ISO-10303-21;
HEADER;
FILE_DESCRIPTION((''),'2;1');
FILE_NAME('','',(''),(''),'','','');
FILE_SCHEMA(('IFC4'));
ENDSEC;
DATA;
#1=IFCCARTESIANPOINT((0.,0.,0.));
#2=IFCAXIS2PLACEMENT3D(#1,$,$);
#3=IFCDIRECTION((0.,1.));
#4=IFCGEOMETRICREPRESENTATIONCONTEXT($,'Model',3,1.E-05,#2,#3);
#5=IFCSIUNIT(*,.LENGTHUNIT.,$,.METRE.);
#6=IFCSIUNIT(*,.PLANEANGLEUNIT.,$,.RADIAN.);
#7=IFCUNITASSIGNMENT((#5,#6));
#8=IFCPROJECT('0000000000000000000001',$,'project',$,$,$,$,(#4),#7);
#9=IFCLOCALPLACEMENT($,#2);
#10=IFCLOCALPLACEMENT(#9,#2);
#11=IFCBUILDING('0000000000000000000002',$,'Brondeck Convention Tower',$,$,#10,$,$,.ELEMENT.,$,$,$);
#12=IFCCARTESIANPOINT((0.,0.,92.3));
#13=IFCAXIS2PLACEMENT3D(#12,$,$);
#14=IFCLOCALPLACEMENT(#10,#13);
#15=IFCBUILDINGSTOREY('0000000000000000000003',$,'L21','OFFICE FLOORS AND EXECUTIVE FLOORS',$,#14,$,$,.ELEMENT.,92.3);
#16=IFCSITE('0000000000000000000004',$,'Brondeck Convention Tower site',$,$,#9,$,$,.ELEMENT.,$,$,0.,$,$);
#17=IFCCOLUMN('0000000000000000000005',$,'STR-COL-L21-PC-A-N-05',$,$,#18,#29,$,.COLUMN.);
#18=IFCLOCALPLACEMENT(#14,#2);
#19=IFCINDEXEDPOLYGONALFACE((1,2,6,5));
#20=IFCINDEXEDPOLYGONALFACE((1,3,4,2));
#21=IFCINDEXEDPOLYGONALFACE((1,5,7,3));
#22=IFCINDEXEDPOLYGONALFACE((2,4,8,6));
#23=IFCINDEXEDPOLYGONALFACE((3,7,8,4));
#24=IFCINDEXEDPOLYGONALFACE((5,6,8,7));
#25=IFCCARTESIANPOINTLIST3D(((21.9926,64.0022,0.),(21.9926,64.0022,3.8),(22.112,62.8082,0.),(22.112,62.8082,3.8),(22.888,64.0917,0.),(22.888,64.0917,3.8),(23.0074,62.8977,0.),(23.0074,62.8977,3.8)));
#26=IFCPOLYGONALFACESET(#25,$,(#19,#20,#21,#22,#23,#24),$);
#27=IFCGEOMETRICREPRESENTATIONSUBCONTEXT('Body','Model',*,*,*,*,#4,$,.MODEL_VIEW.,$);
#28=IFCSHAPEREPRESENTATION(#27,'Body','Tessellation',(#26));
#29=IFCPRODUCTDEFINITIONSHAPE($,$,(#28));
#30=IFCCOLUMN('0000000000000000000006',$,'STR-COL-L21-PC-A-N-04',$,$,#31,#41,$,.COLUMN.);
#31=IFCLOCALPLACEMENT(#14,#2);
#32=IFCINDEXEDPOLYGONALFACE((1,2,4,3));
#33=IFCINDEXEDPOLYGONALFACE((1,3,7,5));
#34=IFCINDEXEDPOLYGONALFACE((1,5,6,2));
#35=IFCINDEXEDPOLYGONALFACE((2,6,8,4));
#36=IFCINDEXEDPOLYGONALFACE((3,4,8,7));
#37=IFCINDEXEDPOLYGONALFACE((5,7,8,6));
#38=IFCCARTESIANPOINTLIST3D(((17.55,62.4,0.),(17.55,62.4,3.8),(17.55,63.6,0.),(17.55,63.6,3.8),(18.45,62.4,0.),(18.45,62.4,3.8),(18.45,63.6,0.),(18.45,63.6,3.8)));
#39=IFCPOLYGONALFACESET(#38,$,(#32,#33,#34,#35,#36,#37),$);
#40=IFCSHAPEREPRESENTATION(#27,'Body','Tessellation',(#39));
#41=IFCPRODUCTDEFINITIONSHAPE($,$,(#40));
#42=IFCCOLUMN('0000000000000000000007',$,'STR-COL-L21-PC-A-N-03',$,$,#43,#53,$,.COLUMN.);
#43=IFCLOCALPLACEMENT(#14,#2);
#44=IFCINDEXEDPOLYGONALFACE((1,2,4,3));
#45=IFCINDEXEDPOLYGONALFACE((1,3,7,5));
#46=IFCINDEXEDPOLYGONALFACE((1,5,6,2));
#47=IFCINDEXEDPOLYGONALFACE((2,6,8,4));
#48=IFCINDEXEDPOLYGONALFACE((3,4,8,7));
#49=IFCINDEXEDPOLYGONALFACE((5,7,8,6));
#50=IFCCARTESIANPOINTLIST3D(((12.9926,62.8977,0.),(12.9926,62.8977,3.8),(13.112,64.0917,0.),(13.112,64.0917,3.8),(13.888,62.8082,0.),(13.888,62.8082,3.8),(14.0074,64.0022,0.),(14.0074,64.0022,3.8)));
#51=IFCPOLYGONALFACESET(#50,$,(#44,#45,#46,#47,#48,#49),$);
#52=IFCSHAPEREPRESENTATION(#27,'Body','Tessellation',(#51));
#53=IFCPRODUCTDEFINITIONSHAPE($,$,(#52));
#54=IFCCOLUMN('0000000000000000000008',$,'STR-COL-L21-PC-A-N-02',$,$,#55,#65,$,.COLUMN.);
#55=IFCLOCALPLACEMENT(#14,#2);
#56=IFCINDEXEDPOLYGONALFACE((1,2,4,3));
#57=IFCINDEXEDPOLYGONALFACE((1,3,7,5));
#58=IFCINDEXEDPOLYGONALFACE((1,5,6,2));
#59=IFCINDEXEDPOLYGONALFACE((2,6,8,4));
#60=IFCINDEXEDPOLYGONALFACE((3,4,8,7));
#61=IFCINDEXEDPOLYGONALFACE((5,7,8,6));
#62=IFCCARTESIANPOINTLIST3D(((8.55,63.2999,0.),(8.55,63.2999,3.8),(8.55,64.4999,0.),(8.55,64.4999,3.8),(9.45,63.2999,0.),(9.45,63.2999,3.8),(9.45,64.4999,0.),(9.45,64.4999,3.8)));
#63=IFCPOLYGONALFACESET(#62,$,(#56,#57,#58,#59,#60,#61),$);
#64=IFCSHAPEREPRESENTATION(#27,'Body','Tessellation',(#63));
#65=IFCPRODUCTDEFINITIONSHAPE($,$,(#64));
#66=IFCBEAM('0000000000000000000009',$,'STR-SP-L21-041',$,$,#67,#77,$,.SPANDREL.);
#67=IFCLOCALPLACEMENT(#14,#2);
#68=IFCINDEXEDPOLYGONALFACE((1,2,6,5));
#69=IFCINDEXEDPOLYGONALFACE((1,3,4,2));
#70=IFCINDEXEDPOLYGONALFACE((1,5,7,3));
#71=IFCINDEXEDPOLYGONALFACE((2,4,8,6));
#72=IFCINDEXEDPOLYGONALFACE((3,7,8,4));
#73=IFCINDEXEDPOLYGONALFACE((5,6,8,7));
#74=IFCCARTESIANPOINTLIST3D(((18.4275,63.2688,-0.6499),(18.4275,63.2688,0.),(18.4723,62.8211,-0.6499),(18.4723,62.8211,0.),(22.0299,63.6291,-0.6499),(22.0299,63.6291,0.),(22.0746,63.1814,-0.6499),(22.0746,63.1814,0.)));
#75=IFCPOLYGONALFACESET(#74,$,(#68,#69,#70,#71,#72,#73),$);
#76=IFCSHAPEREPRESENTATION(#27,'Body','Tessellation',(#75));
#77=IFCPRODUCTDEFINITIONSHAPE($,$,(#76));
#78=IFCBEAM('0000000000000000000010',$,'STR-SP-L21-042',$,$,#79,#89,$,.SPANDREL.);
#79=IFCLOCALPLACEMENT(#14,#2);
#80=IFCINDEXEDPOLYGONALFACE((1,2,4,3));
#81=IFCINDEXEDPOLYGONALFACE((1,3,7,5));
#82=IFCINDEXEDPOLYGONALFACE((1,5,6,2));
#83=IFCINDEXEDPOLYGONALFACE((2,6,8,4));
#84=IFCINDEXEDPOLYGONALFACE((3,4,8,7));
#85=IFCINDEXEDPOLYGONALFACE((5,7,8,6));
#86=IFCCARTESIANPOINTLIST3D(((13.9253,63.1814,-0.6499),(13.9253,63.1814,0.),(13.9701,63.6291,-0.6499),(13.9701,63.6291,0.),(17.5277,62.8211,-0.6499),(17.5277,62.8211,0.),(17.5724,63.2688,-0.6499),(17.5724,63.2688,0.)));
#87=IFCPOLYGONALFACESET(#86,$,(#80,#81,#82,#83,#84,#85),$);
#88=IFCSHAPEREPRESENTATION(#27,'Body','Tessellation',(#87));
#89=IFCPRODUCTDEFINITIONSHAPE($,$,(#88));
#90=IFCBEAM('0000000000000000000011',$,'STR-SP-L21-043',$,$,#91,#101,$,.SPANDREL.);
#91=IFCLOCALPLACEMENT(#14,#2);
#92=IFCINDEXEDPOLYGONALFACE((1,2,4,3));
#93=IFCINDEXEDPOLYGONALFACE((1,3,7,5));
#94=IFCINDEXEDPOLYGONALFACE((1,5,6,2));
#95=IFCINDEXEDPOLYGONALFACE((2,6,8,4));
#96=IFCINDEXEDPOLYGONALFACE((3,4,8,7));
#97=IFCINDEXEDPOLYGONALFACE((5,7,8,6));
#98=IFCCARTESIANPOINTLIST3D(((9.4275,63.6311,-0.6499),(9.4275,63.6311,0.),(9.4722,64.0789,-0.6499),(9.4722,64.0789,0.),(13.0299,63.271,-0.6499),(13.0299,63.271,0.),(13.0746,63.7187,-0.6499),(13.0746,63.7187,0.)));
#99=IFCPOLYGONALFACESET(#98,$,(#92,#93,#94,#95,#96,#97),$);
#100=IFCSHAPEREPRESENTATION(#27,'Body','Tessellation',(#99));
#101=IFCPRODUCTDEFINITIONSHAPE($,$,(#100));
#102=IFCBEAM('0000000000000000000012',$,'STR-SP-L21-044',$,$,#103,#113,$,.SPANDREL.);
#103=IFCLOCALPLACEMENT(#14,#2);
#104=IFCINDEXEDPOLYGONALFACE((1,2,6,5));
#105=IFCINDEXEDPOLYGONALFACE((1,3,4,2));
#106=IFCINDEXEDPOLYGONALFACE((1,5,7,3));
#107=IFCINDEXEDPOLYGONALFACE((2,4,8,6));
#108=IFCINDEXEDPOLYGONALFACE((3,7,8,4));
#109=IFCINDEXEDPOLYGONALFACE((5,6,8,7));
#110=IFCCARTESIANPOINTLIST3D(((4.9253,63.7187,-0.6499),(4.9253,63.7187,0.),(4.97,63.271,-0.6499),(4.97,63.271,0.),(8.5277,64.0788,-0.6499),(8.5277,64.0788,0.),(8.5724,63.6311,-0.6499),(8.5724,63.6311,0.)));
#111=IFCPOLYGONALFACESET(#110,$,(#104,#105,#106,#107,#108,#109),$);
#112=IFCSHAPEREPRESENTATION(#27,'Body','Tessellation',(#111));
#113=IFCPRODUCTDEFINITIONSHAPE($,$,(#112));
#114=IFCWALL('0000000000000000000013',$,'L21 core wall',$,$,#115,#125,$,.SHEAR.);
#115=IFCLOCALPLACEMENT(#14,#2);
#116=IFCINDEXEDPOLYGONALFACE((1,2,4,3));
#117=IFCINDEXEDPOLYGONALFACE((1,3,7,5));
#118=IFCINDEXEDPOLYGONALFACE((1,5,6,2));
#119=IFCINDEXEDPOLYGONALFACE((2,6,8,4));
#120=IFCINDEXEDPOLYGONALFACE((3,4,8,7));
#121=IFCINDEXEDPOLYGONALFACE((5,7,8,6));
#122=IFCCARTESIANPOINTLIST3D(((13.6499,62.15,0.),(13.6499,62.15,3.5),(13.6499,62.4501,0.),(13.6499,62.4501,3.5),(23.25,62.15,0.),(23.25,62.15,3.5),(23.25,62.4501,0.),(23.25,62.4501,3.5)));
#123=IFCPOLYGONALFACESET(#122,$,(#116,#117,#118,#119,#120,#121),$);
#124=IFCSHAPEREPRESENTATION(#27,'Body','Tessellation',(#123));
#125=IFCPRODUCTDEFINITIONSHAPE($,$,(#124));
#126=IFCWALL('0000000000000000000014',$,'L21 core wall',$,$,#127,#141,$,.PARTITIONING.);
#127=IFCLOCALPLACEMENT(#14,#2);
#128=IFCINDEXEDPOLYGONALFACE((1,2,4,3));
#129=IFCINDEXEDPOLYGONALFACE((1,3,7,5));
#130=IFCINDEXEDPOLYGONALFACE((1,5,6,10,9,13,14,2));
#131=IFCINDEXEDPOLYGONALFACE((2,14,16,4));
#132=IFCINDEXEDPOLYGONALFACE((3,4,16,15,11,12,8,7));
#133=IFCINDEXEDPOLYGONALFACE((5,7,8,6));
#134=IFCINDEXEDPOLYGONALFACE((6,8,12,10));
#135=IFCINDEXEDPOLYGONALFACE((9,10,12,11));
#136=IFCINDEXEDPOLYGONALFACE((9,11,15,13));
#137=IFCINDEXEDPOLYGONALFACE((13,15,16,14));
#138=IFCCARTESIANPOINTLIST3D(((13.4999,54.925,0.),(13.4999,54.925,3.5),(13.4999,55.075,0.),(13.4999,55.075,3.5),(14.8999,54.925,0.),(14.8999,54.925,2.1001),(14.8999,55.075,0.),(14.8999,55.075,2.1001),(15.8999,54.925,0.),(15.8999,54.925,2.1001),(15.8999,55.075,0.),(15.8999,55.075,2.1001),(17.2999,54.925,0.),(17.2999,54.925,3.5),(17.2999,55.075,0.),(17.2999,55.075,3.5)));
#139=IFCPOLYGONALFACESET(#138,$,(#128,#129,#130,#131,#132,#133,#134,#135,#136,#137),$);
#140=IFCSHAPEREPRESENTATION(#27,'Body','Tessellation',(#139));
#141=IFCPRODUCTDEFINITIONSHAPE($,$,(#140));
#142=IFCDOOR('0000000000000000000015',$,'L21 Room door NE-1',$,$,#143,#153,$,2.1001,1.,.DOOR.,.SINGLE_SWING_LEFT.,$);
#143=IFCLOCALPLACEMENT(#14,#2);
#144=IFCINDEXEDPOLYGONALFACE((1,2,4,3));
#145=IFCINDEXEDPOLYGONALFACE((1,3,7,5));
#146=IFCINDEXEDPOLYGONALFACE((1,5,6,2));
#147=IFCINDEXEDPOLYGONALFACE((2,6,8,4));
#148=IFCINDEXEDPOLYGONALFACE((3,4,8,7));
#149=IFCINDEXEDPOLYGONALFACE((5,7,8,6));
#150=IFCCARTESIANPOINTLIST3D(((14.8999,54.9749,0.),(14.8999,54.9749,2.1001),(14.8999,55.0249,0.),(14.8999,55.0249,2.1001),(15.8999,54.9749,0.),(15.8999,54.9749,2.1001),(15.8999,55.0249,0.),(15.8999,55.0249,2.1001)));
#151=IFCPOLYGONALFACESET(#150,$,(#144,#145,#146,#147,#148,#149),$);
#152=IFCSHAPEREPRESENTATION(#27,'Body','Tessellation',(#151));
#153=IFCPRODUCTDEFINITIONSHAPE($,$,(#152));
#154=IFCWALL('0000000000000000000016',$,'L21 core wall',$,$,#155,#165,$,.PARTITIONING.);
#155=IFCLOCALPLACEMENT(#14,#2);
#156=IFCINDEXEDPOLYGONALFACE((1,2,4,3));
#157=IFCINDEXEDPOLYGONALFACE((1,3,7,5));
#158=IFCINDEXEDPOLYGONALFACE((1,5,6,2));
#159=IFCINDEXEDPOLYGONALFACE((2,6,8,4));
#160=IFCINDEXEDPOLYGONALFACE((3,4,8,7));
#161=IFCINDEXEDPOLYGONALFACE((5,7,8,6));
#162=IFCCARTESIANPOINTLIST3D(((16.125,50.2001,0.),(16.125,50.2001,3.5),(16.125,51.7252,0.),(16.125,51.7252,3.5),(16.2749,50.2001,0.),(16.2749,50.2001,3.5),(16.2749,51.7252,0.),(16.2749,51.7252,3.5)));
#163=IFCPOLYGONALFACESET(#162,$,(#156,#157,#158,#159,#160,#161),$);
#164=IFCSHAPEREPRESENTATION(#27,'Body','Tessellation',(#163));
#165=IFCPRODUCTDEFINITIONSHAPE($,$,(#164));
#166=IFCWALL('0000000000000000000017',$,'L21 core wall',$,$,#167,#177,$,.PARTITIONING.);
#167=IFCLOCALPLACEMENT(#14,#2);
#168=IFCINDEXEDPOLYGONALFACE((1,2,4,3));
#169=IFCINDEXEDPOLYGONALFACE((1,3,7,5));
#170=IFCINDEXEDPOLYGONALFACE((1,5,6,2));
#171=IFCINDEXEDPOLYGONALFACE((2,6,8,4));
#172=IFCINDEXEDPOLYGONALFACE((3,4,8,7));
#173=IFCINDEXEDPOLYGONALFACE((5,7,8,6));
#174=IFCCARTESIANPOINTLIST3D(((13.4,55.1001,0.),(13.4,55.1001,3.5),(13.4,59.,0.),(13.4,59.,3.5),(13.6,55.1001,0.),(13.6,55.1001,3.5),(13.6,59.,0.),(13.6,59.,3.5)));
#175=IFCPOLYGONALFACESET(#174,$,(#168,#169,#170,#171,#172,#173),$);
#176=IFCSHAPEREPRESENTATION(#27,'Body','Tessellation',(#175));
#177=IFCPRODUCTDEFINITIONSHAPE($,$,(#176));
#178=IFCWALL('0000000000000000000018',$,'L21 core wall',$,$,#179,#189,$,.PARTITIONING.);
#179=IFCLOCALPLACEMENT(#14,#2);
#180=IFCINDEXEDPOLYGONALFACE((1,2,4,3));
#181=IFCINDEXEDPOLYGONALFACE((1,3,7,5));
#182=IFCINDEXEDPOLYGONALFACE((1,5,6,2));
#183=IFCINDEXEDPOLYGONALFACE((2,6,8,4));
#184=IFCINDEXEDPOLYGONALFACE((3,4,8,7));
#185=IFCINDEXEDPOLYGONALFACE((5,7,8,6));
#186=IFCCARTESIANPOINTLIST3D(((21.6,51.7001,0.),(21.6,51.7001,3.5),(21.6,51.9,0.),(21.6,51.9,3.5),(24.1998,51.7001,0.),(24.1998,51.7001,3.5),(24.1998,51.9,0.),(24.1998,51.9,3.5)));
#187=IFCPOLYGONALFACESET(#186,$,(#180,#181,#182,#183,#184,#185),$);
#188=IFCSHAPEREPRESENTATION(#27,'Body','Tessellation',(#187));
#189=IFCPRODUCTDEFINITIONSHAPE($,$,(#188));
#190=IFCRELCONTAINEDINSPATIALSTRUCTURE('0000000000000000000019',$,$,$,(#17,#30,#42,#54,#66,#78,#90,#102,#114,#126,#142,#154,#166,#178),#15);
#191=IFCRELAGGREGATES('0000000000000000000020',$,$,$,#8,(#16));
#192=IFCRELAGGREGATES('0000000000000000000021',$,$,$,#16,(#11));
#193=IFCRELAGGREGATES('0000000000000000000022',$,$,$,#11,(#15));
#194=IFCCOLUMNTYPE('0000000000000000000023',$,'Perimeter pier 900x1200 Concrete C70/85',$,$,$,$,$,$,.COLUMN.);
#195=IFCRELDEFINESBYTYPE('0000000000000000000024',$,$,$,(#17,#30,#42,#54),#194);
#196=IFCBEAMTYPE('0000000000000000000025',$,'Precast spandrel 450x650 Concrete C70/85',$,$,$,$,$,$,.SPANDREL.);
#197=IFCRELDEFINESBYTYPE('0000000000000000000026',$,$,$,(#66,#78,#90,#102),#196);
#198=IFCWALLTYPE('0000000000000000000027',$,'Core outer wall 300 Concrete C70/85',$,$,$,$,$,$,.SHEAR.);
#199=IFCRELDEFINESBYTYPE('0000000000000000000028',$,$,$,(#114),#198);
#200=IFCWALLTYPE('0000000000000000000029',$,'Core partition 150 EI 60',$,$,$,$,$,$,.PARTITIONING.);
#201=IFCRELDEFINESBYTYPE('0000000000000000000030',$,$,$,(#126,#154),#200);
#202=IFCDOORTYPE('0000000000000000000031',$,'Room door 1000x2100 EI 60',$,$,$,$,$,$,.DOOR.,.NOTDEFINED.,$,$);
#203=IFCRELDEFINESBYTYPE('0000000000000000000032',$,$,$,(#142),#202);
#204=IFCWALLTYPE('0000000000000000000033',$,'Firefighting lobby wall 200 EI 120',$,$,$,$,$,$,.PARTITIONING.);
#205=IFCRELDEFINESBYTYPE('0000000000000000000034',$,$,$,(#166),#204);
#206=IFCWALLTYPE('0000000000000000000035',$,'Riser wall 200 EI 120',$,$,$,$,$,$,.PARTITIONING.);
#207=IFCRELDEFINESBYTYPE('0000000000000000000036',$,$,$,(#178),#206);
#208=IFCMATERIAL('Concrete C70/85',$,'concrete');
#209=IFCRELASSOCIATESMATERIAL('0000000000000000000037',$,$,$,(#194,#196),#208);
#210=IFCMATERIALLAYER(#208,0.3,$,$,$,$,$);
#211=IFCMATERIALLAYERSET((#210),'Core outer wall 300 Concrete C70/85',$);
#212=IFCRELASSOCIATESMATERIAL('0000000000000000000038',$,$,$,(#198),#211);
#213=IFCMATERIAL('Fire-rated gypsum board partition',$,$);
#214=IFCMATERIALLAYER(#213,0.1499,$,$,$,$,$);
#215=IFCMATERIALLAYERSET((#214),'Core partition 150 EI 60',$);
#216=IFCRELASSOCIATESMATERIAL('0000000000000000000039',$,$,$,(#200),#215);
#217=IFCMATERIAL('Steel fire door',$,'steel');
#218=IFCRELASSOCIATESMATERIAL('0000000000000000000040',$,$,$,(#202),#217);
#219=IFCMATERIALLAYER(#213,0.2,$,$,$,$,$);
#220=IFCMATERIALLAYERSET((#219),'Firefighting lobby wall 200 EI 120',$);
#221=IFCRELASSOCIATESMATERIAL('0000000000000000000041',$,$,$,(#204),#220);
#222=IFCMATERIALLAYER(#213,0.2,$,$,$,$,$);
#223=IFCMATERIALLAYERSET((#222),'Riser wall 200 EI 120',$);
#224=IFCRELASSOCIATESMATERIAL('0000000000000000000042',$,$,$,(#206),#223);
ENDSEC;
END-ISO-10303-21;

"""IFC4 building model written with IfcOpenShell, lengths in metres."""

from ifc_helpers import new_model, si_unit, direction, frame, frame_2d, origin, origin_2d, place, context, subcontext, project, spatial, rectangle, extrude, material, layer, layer_set, material_profile, profile_set, type_object, element, fill, save


model = new_model("IFC4")

# Units and contexts
model_context = context("Model", 3, precision=1e-05, world=origin(), true_north=direction((0.0, 1.0)))
body_context = subcontext(model_context, "Body", "Model", "MODEL_VIEW")
ifc_project = project(units=[si_unit("LENGTHUNIT", "METRE"), si_unit("PLANEANGLEUNIT", "RADIAN")], contexts=[model_context])

# Site, building, storey
site_placement = place(None, origin())
site = spatial("IfcSite", under=ifc_project, at=site_placement, Name="Brondeck Convention Tower site", CompositionType="ELEMENT", RefElevation=0.0)
building_placement = place(site_placement, origin())
building = spatial("IfcBuilding", under=site, at=building_placement, Name="Brondeck Convention Tower", CompositionType="ELEMENT")
storey_placement = place(building_placement, frame((0.0, 0.0, 92.3)))
storey = spatial("IfcBuildingStorey", under=building, at=storey_placement, Name="L21", Description="OFFICE FLOORS AND EXECUTIVE FLOORS", CompositionType="ELEMENT", Elevation=92.3)

# Columns
ifc_material_1 = material(Name="Concrete C70/85", Category="concrete")
ifc_material_profile_1 = material_profile(ifc_material_1, rectangle(XDim=0.8999, YDim=1.2, at=origin_2d()), Name="Perimeter pier 900x1200 Concrete C70/85")
ifc_profile_set_1 = profile_set([ifc_material_profile_1], Name="Concrete C70/85")
column_type = type_object("IfcColumnType", Name="Perimeter pier 900x1200 Concrete C70/85", PredefinedType="COLUMN", material=ifc_profile_set_1)
for number, where, z_axis, x_axis, name in (
    (1, (22.5, 63.45, 0.0), (0.0, 0.0, 1.0), (-0.995037, -0.099504, 0.0), "STR-COL-L21-PC-A-N-05"),
    (2, (18.0, 63.0, 0.0), (0.0, 0.0, 1.0), (-1.0, 0.0, 0.0), "STR-COL-L21-PC-A-N-04"),
    (3, (13.5, 63.45, 0.0), (0.0, 0.0, 1.0), (-0.995037, 0.099504, 0.0), "STR-COL-L21-PC-A-N-03"),
    (4, (9.0, 63.8999, 0.0), (0.0, 0.0, 1.0), (-1.0, 0.0, 0.0), "STR-COL-L21-PC-A-N-02"),
):
    element("IfcColumn", number, at=place(storey_placement, frame(where, z_axis=z_axis, x_axis=x_axis)), inside=storey, type_object=column_type, Name=name, PredefinedType="COLUMN", context=body_context, shape_type="SweptSolid", body=[
        extrude(rectangle(XDim=0.8999, YDim=1.2, at=origin_2d()), origin(), (0.0, 0.0, 1.0), 3.8),
    ])

# Beams
ifc_material_profile_2 = material_profile(ifc_material_1, rectangle(XDim=0.45, YDim=0.6499, at=origin_2d()), Name="Precast spandrel 450x650 Concrete C70/85")
ifc_profile_set_2 = profile_set([ifc_material_profile_2], Name="Concrete C70/85")
beam_type = type_object("IfcBeamType", Name="Precast spandrel 450x650 Concrete C70/85", PredefinedType="SPANDREL", material=ifc_profile_set_2)
for number, where, z_axis, x_axis, name in (
    (5, (22.0522, 63.4053, -0.325), (-0.995034, -0.099537, 0.0), (0.099537, -0.995034, 0.0), "STR-SP-L21-041"),
    (6, (17.55, 63.0449, -0.325), (-0.995034, 0.099537, 0.0), (-0.099537, -0.995034, 0.0), "STR-SP-L21-042"),
    (7, (13.0522, 63.4949, -0.325), (-0.995041, 0.09947, 0.0), (-0.09947, -0.995041, 0.0), "STR-SP-L21-043"),
    (8, (8.55, 63.855, -0.325), (-0.995041, -0.09947, 0.0), (0.09947, -0.995041, 0.0), "STR-SP-L21-044"),
):
    element("IfcBeam", number, at=place(storey_placement, frame(where, z_axis=z_axis, x_axis=x_axis)), inside=storey, type_object=beam_type, Name=name, PredefinedType="SPANDREL", context=body_context, shape_type="SweptSolid", body=[
        extrude(rectangle(XDim=0.45, YDim=0.6499, at=origin_2d()), origin(), (0.0, 0.0, 1.0), 3.6204),
    ])

# Wall
ifc_layer_1 = layer(ifc_material_1, 0.3)
ifc_layer_set_1 = layer_set([ifc_layer_1], Name="Core outer wall 300 Concrete C70/85")
wall_type_1 = type_object("IfcWallType", Name="Core outer wall 300 Concrete C70/85", PredefinedType="SHEAR", material=ifc_layer_set_1)
wall_1_placement = place(storey_placement, frame((13.6499, 62.3, 0.0), z_axis=(0.0, 0.0, 1.0), x_axis=(1.0, 0.0, 0.0)))
element("IfcWall", 9, at=wall_1_placement, inside=storey, type_object=wall_type_1, Name="L21 core wall", PredefinedType="SHEAR", context=body_context, shape_type="SweptSolid", body=[
    extrude(rectangle(XDim=9.6001, YDim=0.3, at=frame_2d((4.8, 0.0))), origin(), (0.0, 0.0, 1.0), 3.5),
])

# Wall, opening, door
ifc_material_2 = material(Name="Fire-rated gypsum board partition")
ifc_layer_2 = layer(ifc_material_2, 0.1499)
ifc_layer_set_2 = layer_set([ifc_layer_2], Name="Core partition 150 EI 60")
wall_type_2 = type_object("IfcWallType", Name="Core partition 150 EI 60", PredefinedType="PARTITIONING", material=ifc_layer_set_2)
wall_2_placement = place(storey_placement, frame((13.5, 55.0, 0.0), z_axis=(0.0, 0.0, 1.0), x_axis=(1.0, 0.0, 0.0)))
wall_2 = element("IfcWall", 10, at=wall_2_placement, inside=storey, type_object=wall_type_2, Name="L21 core wall", PredefinedType="PARTITIONING", context=body_context, shape_type="SweptSolid", body=[
    extrude(rectangle(XDim=3.8, YDim=0.1499, at=frame_2d((1.8999, 0.0))), origin(), (0.0, 0.0, 1.0), 3.5),
])
opening_1_placement = place(wall_2_placement, frame((1.3999, 0.0, 0.0)))
opening_1 = element("IfcOpeningElement", 11, at=opening_1_placement, cuts=wall_2, PredefinedType="OPENING", context=body_context, shape_type="SweptSolid", body=[
    extrude(rectangle(XDim=1.0, YDim=2.1001, at=frame_2d((0.5, 1.05))), frame((0.0, 0.085, 0.0), z_axis=(0.0, -1.0, 0.0), x_axis=(1.0, 0.0, 0.0)), (0.0, 0.0, 1.0), 0.1699),
])
ifc_material_3 = material(Name="Steel fire door", Category="steel")
door_type_1 = type_object("IfcDoorType", Name="Room door 1000x2100 EI 60", OperationType="NOTDEFINED", PredefinedType="DOOR", material=ifc_material_3)
door_1_placement = place(opening_1_placement, origin())
door_1 = element("IfcDoor", 12, at=door_1_placement, inside=storey, type_object=door_type_1, Name="L21 Room door NE-1", OperationType="SINGLE_SWING_LEFT", OverallHeight=2.1001, OverallWidth=1.0, PredefinedType="DOOR", context=body_context, shape_type="SweptSolid", body=[
    extrude(rectangle(XDim=1.0, YDim=2.1001, at=frame_2d((0.5, 1.05))), frame((0.0, 0.0249, 0.0), z_axis=(0.0, -1.0, 0.0), x_axis=(1.0, 0.0, 0.0)), (0.0, 0.0, 1.0), 0.05),
])
fill(opening_1, door_1)

# Walls
wall_3_placement = place(storey_placement, frame((16.2, 50.2, 0.0), z_axis=(0.0, 0.0, 1.0), x_axis=(0.0, 1.0, 0.0)))
element("IfcWall", 13, at=wall_3_placement, inside=storey, type_object=wall_type_2, Name="L21 core wall", PredefinedType="PARTITIONING", context=body_context, shape_type="SweptSolid", body=[
    extrude(rectangle(XDim=1.5251, YDim=0.1499, at=frame_2d((0.7627, 0.0))), origin(), (0.0, 0.0, 1.0), 3.5),
])
ifc_layer_3 = layer(ifc_material_2, 0.2)
ifc_layer_set_3 = layer_set([ifc_layer_3], Name="Firefighting lobby wall 200 EI 120")
wall_type_3 = type_object("IfcWallType", Name="Firefighting lobby wall 200 EI 120", PredefinedType="PARTITIONING", material=ifc_layer_set_3)
wall_4_placement = place(storey_placement, frame((13.5, 55.1001, 0.0), z_axis=(0.0, 0.0, 1.0), x_axis=(0.0, 1.0, 0.0)))
element("IfcWall", 14, at=wall_4_placement, inside=storey, type_object=wall_type_3, Name="L21 core wall", PredefinedType="PARTITIONING", context=body_context, shape_type="SweptSolid", body=[
    extrude(rectangle(XDim=3.8999, YDim=0.2, at=frame_2d((1.95, 0.0))), origin(), (0.0, 0.0, 1.0), 3.5),
])
ifc_layer_4 = layer(ifc_material_2, 0.2)
ifc_layer_set_4 = layer_set([ifc_layer_4], Name="Riser wall 200 EI 120")
wall_type_4 = type_object("IfcWallType", Name="Riser wall 200 EI 120", PredefinedType="PARTITIONING", material=ifc_layer_set_4)
wall_5_placement = place(storey_placement, frame((21.6001, 51.8, 0.0), z_axis=(0.0, 0.0, 1.0), x_axis=(1.0, 0.0, 0.0)))
element("IfcWall", 15, at=wall_5_placement, inside=storey, type_object=wall_type_4, Name="L21 core wall", PredefinedType="PARTITIONING", context=body_context, shape_type="SweptSolid", body=[
    extrude(rectangle(XDim=2.5999, YDim=0.2, at=frame_2d((1.2998, 0.0))), origin(), (0.0, 0.0, 1.0), 3.5),
])

save(model, "model.ifc")
